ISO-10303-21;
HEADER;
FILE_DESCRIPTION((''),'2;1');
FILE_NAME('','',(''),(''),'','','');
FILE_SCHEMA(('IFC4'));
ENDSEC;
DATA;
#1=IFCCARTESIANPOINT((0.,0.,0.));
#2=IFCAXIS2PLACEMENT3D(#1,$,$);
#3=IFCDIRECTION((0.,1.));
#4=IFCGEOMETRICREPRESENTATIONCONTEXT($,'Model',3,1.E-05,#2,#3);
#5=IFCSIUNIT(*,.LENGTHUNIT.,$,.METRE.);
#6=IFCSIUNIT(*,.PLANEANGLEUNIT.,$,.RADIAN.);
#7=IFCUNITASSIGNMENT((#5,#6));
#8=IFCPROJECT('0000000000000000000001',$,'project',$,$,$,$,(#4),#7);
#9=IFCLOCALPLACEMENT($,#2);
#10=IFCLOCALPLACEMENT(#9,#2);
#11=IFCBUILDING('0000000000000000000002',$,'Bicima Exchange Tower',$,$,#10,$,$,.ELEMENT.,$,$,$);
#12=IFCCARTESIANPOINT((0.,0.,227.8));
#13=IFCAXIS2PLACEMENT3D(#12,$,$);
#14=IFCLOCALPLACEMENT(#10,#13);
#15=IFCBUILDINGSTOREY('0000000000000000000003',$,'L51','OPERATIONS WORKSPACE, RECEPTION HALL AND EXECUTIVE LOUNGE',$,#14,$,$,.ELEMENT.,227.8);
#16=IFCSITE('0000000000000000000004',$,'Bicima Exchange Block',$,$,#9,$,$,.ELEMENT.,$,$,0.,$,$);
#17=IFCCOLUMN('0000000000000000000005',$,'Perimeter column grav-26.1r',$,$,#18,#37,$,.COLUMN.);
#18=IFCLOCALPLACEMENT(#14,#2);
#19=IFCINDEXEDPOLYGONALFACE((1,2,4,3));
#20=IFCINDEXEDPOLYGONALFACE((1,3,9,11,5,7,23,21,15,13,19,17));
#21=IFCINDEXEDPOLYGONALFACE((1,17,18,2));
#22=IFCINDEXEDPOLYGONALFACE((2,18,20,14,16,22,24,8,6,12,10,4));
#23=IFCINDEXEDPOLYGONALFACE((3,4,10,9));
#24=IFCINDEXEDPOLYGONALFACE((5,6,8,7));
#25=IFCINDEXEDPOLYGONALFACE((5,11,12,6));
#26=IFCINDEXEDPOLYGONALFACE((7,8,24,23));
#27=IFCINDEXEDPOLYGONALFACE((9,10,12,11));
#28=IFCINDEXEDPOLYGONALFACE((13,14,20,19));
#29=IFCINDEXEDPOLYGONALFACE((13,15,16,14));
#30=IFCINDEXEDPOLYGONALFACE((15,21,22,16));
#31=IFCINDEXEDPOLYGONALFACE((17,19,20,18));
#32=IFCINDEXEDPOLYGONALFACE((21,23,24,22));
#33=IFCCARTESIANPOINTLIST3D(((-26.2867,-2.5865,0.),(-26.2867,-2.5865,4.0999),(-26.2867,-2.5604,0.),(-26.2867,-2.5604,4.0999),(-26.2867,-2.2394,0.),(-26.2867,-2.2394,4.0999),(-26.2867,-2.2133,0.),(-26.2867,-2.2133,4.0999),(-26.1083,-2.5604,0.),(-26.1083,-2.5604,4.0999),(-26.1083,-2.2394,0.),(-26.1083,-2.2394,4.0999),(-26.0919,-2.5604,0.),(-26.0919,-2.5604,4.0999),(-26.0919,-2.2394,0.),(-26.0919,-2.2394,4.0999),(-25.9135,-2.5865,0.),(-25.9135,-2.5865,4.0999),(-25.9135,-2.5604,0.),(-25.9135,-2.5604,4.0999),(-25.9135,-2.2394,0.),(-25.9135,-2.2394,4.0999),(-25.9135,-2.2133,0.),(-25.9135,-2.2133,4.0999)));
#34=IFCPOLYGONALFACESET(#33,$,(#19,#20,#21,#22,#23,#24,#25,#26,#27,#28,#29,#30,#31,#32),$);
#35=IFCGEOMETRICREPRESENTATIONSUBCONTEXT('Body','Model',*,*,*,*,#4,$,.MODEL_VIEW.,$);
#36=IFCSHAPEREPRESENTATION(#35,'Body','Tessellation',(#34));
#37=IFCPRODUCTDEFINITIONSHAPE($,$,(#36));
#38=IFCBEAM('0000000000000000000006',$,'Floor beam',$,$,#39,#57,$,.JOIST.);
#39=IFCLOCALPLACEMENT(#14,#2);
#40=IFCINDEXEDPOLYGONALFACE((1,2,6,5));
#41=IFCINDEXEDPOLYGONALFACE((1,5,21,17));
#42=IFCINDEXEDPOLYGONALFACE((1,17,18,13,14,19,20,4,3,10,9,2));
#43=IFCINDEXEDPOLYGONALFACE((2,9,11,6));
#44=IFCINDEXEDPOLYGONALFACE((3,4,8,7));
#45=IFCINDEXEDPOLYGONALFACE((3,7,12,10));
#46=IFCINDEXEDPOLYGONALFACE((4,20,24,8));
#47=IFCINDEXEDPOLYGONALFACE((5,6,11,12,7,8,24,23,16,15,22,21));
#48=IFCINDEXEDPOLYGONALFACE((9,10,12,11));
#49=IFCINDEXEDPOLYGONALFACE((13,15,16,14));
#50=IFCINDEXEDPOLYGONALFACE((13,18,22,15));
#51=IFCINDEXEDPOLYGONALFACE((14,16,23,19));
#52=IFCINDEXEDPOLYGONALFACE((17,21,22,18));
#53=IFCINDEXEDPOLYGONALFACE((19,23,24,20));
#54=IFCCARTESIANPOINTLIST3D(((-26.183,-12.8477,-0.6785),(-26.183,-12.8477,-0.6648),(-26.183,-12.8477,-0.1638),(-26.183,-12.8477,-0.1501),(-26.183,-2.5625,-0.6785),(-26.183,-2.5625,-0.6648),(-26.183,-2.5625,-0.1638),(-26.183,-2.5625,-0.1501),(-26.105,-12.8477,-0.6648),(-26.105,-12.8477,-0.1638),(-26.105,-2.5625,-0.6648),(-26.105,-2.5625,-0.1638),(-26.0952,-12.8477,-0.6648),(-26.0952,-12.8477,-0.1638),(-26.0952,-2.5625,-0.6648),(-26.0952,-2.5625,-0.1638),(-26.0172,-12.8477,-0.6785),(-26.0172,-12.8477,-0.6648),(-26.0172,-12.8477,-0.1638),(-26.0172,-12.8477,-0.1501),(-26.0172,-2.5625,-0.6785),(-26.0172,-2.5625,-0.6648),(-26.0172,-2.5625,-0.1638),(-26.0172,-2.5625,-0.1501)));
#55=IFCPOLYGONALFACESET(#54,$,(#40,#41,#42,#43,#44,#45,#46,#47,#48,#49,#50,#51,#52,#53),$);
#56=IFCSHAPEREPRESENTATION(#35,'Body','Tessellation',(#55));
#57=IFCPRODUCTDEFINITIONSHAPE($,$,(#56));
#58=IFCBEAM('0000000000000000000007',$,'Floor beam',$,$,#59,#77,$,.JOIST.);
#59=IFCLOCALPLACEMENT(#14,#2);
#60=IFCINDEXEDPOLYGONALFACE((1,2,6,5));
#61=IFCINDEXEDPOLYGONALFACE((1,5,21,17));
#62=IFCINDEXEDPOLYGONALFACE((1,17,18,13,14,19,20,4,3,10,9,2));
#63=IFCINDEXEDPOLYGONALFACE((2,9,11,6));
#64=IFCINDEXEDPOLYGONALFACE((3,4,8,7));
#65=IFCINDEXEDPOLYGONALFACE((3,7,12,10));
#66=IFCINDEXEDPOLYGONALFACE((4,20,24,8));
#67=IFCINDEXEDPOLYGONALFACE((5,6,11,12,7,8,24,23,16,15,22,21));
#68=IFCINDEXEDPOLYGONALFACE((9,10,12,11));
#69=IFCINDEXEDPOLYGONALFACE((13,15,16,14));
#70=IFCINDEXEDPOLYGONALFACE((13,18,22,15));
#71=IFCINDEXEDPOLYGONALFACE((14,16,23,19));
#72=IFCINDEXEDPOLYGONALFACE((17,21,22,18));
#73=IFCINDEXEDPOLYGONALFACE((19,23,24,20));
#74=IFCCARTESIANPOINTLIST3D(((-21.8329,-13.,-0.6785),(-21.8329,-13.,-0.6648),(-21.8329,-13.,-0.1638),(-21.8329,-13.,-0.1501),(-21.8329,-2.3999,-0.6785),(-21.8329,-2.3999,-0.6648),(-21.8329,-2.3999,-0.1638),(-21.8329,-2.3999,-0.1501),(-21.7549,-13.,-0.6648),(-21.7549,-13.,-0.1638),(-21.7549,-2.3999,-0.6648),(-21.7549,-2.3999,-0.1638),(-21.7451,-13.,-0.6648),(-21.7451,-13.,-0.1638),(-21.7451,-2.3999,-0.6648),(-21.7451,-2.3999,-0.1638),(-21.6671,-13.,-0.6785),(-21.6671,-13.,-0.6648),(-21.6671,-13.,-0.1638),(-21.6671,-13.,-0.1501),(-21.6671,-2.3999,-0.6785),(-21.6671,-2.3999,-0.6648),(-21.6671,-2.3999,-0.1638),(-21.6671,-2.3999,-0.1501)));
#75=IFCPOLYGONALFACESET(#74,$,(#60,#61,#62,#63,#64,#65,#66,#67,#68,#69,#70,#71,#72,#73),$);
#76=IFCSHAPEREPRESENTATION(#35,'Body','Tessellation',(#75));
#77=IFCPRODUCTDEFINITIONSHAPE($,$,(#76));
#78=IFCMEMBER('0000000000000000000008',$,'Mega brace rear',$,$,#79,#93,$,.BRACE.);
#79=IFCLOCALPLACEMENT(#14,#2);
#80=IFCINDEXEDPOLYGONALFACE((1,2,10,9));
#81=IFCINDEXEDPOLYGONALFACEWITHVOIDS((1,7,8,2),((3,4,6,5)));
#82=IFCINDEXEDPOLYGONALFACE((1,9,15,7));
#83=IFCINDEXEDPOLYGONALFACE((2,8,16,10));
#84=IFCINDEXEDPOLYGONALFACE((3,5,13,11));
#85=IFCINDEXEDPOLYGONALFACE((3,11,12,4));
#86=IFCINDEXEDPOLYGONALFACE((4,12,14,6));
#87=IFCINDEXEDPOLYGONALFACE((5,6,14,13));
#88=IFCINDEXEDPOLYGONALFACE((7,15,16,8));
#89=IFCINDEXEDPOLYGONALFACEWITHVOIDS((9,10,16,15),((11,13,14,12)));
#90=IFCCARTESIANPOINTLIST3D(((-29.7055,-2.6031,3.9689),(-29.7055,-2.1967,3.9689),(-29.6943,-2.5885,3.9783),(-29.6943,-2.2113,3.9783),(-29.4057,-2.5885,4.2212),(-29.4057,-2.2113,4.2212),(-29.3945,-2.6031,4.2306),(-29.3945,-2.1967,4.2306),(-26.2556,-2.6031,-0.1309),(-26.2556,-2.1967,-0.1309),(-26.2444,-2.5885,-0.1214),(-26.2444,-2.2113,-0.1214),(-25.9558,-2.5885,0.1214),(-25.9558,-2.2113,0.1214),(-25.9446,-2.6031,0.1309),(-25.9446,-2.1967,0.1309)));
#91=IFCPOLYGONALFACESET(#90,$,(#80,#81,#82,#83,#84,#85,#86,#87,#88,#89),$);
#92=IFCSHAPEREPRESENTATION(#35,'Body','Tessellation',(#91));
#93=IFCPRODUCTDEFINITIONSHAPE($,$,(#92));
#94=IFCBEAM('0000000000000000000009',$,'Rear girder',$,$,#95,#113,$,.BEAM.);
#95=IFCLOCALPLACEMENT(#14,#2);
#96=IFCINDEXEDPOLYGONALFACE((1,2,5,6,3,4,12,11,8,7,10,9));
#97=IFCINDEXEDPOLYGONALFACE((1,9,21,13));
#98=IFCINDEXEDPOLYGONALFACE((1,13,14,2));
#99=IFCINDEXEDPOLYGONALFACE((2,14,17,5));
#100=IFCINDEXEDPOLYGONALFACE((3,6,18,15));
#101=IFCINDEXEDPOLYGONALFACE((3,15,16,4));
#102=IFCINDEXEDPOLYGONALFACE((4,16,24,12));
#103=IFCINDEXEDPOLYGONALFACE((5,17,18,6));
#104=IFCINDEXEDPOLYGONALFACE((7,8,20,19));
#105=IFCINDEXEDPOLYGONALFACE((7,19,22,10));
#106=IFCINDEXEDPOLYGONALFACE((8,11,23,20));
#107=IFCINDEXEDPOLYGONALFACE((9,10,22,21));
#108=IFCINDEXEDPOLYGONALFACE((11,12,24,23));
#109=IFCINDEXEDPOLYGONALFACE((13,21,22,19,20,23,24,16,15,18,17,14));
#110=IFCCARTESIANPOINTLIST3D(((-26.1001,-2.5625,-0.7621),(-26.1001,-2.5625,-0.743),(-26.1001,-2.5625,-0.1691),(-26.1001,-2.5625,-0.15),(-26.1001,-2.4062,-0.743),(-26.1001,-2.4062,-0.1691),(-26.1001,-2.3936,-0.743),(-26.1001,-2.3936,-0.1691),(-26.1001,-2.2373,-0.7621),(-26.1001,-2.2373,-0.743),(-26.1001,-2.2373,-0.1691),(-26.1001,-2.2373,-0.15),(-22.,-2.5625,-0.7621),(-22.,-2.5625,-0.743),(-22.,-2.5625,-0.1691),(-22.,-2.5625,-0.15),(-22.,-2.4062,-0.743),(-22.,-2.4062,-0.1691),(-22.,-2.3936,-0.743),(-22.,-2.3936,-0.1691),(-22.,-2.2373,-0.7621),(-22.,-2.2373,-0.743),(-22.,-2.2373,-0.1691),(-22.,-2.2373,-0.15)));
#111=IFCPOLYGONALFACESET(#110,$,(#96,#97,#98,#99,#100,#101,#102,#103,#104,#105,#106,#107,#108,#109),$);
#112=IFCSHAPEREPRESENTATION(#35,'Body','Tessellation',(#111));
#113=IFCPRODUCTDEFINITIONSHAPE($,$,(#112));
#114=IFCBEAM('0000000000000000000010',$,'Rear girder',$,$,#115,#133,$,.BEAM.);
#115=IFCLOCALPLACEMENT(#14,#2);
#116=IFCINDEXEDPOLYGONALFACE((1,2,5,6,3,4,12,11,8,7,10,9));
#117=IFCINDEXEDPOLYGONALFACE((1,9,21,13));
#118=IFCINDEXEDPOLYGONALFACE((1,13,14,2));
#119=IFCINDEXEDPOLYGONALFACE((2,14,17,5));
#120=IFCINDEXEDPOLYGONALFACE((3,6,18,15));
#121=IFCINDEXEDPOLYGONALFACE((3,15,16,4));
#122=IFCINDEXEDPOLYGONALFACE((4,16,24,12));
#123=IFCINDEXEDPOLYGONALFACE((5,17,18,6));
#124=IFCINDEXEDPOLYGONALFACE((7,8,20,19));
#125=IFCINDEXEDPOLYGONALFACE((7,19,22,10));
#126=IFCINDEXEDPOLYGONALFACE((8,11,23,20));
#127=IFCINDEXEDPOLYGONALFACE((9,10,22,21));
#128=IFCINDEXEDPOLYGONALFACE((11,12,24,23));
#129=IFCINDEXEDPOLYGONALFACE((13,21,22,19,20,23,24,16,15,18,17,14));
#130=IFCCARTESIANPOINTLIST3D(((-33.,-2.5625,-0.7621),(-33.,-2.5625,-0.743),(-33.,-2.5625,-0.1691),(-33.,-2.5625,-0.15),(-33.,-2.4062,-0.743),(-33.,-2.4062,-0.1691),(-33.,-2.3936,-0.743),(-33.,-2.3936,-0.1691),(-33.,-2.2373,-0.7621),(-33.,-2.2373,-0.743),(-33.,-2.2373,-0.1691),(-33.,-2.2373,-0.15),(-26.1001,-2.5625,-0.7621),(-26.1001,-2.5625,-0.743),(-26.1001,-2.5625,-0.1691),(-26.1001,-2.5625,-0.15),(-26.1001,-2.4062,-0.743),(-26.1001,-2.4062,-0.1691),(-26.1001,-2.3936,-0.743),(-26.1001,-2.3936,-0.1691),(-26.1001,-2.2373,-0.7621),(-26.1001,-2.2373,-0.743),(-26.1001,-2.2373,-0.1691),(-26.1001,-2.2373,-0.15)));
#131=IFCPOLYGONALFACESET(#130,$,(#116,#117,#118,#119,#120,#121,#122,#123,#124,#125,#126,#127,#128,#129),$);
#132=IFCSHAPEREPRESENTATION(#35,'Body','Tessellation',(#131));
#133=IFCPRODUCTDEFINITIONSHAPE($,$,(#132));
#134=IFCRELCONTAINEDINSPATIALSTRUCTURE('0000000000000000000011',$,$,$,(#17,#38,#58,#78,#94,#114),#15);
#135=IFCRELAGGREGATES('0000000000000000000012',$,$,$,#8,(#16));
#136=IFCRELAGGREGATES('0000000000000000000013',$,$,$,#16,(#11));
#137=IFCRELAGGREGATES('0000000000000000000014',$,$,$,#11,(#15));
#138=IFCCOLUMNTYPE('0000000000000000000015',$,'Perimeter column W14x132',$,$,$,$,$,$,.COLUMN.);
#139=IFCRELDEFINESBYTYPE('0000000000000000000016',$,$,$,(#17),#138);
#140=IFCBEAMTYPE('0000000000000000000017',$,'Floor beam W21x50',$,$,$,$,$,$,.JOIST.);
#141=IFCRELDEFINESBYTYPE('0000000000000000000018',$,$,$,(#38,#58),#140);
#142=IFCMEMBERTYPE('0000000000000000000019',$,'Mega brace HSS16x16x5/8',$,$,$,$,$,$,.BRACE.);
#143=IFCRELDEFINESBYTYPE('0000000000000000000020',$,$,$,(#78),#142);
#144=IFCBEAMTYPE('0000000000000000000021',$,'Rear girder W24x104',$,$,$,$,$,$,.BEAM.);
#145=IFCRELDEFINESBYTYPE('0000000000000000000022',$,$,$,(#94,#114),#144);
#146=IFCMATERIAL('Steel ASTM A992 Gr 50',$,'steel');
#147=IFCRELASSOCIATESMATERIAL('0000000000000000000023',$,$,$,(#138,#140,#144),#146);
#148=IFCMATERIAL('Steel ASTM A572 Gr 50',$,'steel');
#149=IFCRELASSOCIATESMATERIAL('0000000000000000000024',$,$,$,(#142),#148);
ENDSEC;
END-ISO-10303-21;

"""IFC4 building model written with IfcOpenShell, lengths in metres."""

from ifc_helpers import new_model, si_unit, direction, frame, origin, origin_2d, place, context, subcontext, project, spatial, hollow_rectangle, i_section, extrude, material, material_profile, profile_set, type_object, element, save


model = new_model("IFC4")

# Units and contexts
model_context = context("Model", 3, precision=1e-05, world=origin(), true_north=direction((0.0, 1.0)))
body_context = subcontext(model_context, "Body", "Model", "MODEL_VIEW")
ifc_project = project(units=[si_unit("LENGTHUNIT", "METRE"), si_unit("PLANEANGLEUNIT", "RADIAN")], contexts=[model_context])

# Site, building, storey
site_placement = place(None, origin())
site = spatial("IfcSite", under=ifc_project, at=site_placement, Name="Bicima Exchange Block", CompositionType="ELEMENT", RefElevation=0.0)
building_placement = place(site_placement, origin())
building = spatial("IfcBuilding", under=site, at=building_placement, Name="Bicima Exchange Tower", CompositionType="ELEMENT")
storey_placement = place(building_placement, frame((0.0, 0.0, 227.8)))
storey = spatial("IfcBuildingStorey", under=building, at=storey_placement, Name="L51", Description="OPERATIONS WORKSPACE, RECEPTION HALL AND EXECUTIVE LOUNGE", CompositionType="ELEMENT", Elevation=227.8)

# Column
ifc_material_1 = material(Name="Steel ASTM A992 Gr 50", Category="steel")
ifc_material_profile_1 = material_profile(ifc_material_1, i_section(OverallWidth=0.3733, OverallDepth=0.3733, WebThickness=0.0164, FlangeThickness=0.0261, at=origin_2d()))
ifc_profile_set_1 = profile_set([ifc_material_profile_1], Name="Steel ASTM A992 Gr 50")
column_type = type_object("IfcColumnType", Name="Perimeter column W14x132", PredefinedType="COLUMN", material=ifc_profile_set_1)
column_placement = place(storey_placement, frame((-26.1001, -2.3999, 0.0), z_axis=(0.0, 0.0, 1.0), x_axis=(1.0, 0.0, 0.0)))
element("IfcColumn", 1, at=column_placement, inside=storey, type_object=column_type, Name="Perimeter column grav-26.1r", PredefinedType="COLUMN", context=body_context, shape_type="SweptSolid", body=[
    extrude(i_section(OverallWidth=0.3733, OverallDepth=0.3733, WebThickness=0.0164, FlangeThickness=0.0261, at=origin_2d()), origin(), (0.0, 0.0, 1.0), 4.0999),
])

# Beams
ifc_material_profile_2 = material_profile(ifc_material_1, i_section(OverallWidth=0.1658, OverallDepth=0.5283, WebThickness=0.0098, FlangeThickness=0.0137, at=origin_2d()))
ifc_profile_set_2 = profile_set([ifc_material_profile_2], Name="Steel ASTM A992 Gr 50")
beam_type_1 = type_object("IfcBeamType", Name="Floor beam W21x50", PredefinedType="JOIST", material=ifc_profile_set_2)
beam_1_placement = place(storey_placement, frame((-26.1001, -2.5625, -0.4143), z_axis=(0.0, -1.0, 0.0), x_axis=(1.0, 0.0, 0.0)))
element("IfcBeam", 2, at=beam_1_placement, inside=storey, type_object=beam_type_1, Name="Floor beam", PredefinedType="JOIST", context=body_context, shape_type="SweptSolid", body=[
    extrude(i_section(OverallWidth=0.1658, OverallDepth=0.5283, WebThickness=0.0098, FlangeThickness=0.0137, at=origin_2d()), origin(), (0.0, 0.0, 1.0), 10.2852),
])
beam_2_placement = place(storey_placement, frame((-21.75, -2.3999, -0.4143), z_axis=(0.0, -1.0, 0.0), x_axis=(1.0, 0.0, 0.0)))
element("IfcBeam", 3, at=beam_2_placement, inside=storey, type_object=beam_type_1, Name="Floor beam", PredefinedType="JOIST", context=body_context, shape_type="SweptSolid", body=[
    extrude(i_section(OverallWidth=0.1658, OverallDepth=0.5283, WebThickness=0.0098, FlangeThickness=0.0137, at=origin_2d()), origin(), (0.0, 0.0, 1.0), 10.6001),
])

# Member
ifc_material_2 = material(Name="Steel ASTM A572 Gr 50", Category="steel")
ifc_material_profile_3 = material_profile(ifc_material_2, hollow_rectangle(XDim=0.4065, YDim=0.4065, WallThickness=0.0146, at=origin_2d()))
ifc_profile_set_3 = profile_set([ifc_material_profile_3], Name="Steel ASTM A572 Gr 50")
member_type = type_object("IfcMemberType", Name="Mega brace HSS16x16x5/8", PredefinedType="BRACE", material=ifc_profile_set_3)
member_placement = place(storey_placement, frame((-26.1001, -2.3999, 0.0), z_axis=(-0.643856, 0.0, 0.765146), x_axis=(0.0, -1.0, 0.0)))
element("IfcMember", 4, at=member_placement, inside=storey, type_object=member_type, Name="Mega brace rear", PredefinedType="BRACE", context=body_context, shape_type="SweptSolid", body=[
    extrude(hollow_rectangle(XDim=0.4065, YDim=0.4065, WallThickness=0.0146, at=origin_2d()), origin(), (0.0, 0.0, 1.0), 5.3582),
])

# Beams
ifc_material_profile_4 = material_profile(ifc_material_1, i_section(OverallWidth=0.3252, OverallDepth=0.6121, WebThickness=0.0127, FlangeThickness=0.019, at=origin_2d()))
ifc_profile_set_4 = profile_set([ifc_material_profile_4], Name="Steel ASTM A992 Gr 50")
beam_type_2 = type_object("IfcBeamType", Name="Rear girder W24x104", PredefinedType="BEAM", material=ifc_profile_set_4)
beam_3_placement = place(storey_placement, frame((-22.0, -2.3999, -0.4561), z_axis=(-1.0, 0.0, 0.0), x_axis=(0.0, -1.0, 0.0)))
element("IfcBeam", 5, at=beam_3_placement, inside=storey, type_object=beam_type_2, Name="Rear girder", PredefinedType="BEAM", context=body_context, shape_type="SweptSolid", body=[
    extrude(i_section(OverallWidth=0.3252, OverallDepth=0.6121, WebThickness=0.0127, FlangeThickness=0.019, at=origin_2d()), origin(), (0.0, 0.0, 1.0), 4.1001),
])
beam_4_placement = place(storey_placement, frame((-26.1001, -2.3999, -0.4561), z_axis=(-1.0, 0.0, 0.0), x_axis=(0.0, -1.0, 0.0)))
element("IfcBeam", 6, at=beam_4_placement, inside=storey, type_object=beam_type_2, Name="Rear girder", PredefinedType="BEAM", context=body_context, shape_type="SweptSolid", body=[
    extrude(i_section(OverallWidth=0.3252, OverallDepth=0.6121, WebThickness=0.0127, FlangeThickness=0.019, at=origin_2d()), origin(), (0.0, 0.0, 1.0), 6.8999),
])

save(model, "model.ifc")
